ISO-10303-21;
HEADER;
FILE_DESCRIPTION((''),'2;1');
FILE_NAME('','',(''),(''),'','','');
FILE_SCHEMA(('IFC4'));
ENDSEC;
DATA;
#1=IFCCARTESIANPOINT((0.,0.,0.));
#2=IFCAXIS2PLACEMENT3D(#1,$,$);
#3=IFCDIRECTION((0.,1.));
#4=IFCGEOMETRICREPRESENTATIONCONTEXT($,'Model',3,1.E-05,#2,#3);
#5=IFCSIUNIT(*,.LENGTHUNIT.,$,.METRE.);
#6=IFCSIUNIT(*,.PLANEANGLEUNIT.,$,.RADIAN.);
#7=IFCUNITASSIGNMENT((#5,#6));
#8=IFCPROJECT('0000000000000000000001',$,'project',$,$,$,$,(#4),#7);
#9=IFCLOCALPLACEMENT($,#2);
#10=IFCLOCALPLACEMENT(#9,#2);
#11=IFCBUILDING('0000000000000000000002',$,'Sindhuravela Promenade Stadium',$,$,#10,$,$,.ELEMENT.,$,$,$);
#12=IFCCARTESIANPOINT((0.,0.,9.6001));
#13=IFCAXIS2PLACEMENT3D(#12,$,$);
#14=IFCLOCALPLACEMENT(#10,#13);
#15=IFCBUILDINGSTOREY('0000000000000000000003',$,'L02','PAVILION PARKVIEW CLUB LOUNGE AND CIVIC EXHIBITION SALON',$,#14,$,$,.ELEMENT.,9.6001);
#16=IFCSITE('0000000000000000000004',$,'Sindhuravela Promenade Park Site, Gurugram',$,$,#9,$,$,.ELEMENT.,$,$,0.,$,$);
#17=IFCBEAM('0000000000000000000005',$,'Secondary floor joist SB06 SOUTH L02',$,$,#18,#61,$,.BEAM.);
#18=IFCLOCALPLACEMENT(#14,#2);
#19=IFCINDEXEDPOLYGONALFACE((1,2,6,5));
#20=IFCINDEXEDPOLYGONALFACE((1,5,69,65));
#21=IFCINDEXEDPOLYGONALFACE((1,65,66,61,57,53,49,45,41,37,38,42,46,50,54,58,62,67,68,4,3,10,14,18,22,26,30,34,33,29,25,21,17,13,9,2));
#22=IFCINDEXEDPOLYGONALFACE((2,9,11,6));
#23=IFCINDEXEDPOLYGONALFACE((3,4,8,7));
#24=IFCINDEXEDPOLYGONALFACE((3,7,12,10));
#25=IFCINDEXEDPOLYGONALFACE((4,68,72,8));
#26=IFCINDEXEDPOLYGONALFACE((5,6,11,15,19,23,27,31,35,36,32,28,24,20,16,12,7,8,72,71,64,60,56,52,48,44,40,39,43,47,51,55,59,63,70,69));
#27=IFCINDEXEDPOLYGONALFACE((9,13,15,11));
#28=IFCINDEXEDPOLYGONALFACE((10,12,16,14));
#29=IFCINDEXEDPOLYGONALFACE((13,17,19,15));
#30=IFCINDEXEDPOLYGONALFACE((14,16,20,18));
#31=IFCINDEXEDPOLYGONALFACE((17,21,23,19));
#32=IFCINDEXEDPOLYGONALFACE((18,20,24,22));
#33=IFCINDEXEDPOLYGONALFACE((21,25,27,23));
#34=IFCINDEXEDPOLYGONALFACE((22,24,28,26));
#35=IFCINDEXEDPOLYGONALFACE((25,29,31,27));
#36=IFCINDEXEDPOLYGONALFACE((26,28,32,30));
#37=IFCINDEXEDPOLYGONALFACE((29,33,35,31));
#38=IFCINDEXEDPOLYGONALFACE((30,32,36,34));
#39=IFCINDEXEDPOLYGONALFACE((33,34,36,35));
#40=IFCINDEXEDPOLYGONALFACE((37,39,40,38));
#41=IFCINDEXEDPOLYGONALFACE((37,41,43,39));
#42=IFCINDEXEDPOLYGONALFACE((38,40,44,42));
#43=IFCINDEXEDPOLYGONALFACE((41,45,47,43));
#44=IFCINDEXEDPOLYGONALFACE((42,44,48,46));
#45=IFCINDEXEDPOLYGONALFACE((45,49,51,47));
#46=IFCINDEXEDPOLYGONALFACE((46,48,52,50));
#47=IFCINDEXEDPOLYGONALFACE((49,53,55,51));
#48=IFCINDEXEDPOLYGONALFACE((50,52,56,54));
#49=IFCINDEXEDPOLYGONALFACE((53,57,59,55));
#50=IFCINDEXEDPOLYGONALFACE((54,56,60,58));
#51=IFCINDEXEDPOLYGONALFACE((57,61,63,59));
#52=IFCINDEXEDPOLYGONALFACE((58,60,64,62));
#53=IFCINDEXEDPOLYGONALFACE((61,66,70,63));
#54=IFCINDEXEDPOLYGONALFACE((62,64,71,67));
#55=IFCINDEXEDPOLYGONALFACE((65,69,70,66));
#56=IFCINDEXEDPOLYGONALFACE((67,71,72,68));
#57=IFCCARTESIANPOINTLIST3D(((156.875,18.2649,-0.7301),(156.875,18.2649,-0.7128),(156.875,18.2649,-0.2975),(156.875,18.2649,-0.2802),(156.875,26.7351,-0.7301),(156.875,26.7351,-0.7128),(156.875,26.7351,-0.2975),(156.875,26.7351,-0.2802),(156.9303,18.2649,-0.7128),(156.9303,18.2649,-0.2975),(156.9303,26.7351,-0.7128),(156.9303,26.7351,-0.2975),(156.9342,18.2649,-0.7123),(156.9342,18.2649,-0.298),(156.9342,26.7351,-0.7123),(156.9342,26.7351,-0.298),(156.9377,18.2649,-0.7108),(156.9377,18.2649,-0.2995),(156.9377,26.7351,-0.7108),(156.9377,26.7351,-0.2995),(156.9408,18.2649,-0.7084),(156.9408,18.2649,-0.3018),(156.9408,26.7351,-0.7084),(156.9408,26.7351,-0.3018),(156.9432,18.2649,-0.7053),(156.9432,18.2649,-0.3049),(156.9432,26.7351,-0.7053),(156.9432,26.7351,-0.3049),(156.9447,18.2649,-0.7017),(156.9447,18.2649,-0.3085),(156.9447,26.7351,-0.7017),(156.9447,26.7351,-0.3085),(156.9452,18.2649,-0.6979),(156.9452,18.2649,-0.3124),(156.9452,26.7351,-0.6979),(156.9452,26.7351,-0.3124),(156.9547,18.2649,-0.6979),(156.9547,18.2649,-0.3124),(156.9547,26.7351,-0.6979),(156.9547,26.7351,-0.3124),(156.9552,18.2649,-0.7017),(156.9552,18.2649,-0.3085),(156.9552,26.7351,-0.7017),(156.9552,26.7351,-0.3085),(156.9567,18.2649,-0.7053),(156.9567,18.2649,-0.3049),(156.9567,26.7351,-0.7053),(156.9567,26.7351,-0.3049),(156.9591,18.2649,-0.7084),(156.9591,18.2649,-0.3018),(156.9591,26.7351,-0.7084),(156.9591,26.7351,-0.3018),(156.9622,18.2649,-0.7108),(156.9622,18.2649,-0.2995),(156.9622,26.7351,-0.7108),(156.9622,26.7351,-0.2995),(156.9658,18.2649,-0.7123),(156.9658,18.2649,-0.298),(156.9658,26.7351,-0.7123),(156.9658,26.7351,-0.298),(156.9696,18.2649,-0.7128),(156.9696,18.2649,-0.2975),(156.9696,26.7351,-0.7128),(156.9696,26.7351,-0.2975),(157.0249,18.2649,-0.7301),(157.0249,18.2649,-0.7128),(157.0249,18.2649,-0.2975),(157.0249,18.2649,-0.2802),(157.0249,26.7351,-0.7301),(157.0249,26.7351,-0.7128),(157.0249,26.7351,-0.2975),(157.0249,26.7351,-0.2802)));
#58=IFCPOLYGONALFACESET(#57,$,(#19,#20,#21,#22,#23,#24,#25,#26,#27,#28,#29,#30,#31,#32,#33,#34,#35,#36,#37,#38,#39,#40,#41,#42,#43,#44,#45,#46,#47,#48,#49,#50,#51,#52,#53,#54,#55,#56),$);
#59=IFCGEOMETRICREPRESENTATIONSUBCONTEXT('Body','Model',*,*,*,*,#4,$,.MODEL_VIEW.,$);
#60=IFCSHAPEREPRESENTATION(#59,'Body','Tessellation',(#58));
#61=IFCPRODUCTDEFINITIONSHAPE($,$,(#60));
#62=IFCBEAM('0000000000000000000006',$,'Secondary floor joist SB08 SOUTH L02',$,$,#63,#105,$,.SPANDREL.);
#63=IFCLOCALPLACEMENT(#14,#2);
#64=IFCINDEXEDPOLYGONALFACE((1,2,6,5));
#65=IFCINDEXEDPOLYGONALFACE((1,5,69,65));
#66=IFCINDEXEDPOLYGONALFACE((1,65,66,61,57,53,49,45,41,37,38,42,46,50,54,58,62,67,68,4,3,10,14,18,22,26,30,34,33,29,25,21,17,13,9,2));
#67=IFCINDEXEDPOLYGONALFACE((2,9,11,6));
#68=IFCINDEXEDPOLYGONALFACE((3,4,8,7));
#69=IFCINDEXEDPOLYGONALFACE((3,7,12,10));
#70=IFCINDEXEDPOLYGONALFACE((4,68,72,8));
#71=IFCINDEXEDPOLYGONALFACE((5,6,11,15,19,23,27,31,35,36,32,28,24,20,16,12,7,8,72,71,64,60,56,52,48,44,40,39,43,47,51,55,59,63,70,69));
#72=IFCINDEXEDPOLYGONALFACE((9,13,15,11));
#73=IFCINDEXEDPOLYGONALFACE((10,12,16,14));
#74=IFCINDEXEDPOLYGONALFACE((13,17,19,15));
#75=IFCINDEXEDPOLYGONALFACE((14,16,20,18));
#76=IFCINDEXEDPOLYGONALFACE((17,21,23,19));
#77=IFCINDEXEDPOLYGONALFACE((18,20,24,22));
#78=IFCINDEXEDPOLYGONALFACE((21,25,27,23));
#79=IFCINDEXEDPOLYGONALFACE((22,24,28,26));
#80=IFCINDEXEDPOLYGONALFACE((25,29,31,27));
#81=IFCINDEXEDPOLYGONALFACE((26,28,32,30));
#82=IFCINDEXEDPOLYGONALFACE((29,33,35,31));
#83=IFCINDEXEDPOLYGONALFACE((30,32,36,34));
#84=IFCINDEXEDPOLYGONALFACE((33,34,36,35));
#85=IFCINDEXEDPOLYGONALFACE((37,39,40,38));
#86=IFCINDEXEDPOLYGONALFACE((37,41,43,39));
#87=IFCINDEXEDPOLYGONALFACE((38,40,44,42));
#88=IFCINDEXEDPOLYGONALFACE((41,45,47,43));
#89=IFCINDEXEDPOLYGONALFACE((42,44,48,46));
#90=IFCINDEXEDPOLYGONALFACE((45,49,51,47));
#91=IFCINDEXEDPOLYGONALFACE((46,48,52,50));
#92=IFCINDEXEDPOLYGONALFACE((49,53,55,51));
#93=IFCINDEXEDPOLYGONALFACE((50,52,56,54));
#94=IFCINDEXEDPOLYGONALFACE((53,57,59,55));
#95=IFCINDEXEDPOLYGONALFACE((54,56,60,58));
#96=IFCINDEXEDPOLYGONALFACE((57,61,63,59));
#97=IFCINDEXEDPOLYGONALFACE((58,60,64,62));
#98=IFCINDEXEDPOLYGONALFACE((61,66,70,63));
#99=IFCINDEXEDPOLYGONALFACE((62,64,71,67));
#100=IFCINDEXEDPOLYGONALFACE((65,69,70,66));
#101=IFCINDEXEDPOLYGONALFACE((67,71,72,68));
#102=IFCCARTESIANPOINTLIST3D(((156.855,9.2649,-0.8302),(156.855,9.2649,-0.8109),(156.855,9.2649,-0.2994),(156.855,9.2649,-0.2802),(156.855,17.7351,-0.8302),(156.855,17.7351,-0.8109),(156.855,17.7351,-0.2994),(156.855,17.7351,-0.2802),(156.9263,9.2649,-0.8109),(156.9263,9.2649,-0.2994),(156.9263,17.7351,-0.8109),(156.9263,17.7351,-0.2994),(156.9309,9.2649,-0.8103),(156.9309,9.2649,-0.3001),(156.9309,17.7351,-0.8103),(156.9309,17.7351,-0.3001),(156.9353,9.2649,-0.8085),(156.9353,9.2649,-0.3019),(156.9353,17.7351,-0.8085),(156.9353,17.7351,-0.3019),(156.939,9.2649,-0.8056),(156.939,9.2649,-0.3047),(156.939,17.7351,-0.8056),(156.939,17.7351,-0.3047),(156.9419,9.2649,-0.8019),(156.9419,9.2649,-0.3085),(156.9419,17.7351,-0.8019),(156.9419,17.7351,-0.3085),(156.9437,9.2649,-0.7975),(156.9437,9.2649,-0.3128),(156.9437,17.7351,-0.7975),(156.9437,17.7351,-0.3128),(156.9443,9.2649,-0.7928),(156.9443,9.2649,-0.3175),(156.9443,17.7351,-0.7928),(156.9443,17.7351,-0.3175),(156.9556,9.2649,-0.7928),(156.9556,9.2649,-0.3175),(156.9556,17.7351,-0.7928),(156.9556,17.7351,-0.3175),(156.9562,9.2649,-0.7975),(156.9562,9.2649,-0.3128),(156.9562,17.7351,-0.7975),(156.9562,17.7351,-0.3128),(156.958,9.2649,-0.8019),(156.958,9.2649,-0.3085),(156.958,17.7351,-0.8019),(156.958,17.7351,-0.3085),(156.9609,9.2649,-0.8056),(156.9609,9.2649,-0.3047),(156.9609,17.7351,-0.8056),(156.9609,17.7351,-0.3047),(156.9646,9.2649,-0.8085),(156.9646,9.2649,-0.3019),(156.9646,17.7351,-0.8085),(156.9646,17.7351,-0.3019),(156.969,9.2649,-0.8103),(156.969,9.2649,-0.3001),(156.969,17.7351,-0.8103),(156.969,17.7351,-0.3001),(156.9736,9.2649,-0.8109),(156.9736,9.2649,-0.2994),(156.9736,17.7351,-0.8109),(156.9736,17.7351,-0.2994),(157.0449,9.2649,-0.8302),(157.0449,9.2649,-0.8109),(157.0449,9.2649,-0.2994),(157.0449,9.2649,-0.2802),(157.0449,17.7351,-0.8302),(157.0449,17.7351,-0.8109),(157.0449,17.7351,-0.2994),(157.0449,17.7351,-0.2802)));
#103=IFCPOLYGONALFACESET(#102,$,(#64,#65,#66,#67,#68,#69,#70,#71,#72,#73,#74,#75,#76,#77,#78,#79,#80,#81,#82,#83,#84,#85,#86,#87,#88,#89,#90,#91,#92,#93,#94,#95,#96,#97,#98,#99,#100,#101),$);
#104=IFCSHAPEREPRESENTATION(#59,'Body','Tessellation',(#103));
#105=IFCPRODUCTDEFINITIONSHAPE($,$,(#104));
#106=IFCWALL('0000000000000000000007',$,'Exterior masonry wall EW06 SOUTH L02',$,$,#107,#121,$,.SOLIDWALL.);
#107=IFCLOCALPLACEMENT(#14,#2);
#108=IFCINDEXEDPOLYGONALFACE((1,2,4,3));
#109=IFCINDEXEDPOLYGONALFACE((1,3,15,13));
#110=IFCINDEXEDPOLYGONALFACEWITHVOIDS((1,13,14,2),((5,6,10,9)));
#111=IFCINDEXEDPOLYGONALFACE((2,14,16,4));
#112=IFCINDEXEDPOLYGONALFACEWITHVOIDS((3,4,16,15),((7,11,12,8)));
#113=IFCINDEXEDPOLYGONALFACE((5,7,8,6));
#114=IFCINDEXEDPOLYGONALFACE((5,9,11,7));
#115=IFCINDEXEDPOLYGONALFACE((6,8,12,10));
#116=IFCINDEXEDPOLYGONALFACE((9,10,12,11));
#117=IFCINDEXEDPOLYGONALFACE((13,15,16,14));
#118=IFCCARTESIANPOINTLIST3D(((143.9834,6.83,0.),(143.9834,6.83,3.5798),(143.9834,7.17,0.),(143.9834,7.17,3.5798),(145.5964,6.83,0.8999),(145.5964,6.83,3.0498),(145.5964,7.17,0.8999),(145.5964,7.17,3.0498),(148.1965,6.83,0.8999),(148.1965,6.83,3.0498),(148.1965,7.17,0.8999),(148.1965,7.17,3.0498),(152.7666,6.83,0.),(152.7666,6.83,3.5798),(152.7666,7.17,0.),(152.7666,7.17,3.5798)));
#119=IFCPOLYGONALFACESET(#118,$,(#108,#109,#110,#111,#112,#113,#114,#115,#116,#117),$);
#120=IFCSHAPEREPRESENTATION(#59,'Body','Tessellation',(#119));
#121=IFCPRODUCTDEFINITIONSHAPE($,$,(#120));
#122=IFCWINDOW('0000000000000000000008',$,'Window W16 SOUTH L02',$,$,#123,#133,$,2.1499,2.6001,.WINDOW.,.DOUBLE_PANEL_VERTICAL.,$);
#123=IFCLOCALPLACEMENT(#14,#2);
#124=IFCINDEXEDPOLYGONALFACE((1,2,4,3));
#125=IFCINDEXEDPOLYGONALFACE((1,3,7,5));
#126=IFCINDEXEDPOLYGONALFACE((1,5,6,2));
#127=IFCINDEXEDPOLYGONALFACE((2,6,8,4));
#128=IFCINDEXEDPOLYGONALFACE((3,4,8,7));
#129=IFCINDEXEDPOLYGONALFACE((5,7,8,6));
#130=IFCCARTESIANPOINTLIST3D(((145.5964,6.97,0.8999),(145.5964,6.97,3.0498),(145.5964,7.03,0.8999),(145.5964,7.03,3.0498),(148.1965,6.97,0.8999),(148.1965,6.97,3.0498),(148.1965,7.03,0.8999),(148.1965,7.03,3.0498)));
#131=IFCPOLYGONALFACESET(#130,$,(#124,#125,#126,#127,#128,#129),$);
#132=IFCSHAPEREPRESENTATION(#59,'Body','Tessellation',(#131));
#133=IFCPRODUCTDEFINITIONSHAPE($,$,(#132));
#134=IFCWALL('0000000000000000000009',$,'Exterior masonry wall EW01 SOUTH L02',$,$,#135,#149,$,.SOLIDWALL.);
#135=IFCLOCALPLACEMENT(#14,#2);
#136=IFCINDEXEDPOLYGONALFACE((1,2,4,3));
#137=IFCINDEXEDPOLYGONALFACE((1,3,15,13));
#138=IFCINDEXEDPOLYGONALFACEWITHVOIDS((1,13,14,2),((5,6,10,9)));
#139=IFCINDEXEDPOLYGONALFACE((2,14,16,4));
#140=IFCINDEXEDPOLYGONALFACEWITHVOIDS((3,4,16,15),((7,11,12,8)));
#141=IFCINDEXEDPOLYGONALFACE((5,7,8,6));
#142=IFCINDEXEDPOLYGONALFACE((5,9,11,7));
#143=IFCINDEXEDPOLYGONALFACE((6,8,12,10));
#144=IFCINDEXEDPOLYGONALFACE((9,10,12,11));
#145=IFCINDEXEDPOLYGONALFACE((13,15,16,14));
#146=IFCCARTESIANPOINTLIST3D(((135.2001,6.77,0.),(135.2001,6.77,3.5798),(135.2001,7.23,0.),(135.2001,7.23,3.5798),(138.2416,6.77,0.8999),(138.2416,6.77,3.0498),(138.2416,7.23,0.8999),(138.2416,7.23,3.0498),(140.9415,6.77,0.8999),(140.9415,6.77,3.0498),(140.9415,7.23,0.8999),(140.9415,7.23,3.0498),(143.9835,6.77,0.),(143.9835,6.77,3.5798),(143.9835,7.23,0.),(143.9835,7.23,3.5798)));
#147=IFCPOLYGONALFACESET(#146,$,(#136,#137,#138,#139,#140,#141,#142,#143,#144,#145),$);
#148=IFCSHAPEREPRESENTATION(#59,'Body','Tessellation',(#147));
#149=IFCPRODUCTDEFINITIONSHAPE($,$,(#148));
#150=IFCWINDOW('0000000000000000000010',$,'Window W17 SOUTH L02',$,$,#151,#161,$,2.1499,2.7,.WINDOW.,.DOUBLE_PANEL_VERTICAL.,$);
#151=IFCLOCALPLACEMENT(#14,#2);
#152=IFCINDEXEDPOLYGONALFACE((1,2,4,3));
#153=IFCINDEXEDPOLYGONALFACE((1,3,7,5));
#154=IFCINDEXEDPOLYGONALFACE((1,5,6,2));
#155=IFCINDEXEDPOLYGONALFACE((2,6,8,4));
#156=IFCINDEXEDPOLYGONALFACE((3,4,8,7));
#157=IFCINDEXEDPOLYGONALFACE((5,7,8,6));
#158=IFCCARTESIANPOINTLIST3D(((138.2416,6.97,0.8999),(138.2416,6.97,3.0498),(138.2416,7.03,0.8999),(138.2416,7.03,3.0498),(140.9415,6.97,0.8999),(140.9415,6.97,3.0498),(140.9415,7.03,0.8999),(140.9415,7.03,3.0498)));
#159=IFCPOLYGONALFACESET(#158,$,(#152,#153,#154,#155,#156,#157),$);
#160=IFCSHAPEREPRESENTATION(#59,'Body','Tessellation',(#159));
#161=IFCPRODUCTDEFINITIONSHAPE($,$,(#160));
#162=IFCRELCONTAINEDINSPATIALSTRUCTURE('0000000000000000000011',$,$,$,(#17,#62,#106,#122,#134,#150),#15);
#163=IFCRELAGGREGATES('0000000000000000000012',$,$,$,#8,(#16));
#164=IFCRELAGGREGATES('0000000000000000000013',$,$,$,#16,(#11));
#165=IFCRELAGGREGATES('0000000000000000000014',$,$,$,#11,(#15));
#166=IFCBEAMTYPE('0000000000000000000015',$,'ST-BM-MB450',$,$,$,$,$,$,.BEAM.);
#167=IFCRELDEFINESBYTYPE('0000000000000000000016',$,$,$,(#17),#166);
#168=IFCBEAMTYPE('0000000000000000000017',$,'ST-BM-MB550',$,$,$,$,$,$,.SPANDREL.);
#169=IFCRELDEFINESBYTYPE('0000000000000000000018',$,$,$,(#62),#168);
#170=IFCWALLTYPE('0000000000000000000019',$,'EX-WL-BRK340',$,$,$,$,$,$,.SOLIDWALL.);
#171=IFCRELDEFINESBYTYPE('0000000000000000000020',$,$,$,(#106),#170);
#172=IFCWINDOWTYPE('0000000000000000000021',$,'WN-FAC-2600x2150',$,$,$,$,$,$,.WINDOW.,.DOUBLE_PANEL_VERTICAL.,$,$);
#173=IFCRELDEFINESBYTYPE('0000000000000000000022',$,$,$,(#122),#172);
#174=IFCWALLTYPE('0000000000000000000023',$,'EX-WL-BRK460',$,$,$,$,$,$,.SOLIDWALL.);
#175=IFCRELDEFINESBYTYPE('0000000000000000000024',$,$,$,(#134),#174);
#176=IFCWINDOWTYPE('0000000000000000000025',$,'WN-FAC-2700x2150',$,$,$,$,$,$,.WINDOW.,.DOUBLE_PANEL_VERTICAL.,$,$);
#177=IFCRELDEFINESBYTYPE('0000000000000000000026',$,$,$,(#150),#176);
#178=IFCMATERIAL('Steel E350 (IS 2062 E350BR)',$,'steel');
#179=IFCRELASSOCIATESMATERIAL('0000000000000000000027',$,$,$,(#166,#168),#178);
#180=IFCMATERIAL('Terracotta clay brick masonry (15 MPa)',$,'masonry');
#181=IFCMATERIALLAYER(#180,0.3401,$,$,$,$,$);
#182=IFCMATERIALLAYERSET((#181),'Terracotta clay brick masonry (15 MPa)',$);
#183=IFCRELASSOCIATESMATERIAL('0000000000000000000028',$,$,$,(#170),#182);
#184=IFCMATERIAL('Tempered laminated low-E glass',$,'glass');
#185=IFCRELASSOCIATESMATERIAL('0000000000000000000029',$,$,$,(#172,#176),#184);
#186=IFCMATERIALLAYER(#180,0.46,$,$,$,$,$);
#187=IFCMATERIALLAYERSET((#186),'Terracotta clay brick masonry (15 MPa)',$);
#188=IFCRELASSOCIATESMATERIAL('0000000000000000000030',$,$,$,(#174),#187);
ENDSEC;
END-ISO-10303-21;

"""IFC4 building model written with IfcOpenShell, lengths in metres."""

from ifc_helpers import new_model, si_unit, direction, frame, frame_2d, origin, origin_2d, place, context, subcontext, project, spatial, rectangle, i_section, extrude, material, layer, layer_set, material_profile, profile_set, type_object, element, fill, save


model = new_model("IFC4")

# Units and contexts
model_context = context("Model", 3, precision=1e-05, world=origin(), true_north=direction((0.0, 1.0)))
body_context = subcontext(model_context, "Body", "Model", "MODEL_VIEW")
ifc_project = project(units=[si_unit("LENGTHUNIT", "METRE"), si_unit("PLANEANGLEUNIT", "RADIAN")], contexts=[model_context])

# Site, building, storey
site_placement = place(None, origin())
site = spatial("IfcSite", under=ifc_project, at=site_placement, Name="Sindhuravela Promenade Park Site, Gurugram", CompositionType="ELEMENT", RefElevation=0.0)
building_placement = place(site_placement, origin())
building = spatial("IfcBuilding", under=site, at=building_placement, Name="Sindhuravela Promenade Stadium", CompositionType="ELEMENT")
storey_placement = place(building_placement, frame((0.0, 0.0, 9.6001)))
storey = spatial("IfcBuildingStorey", under=building, at=storey_placement, Name="L02", Description="PAVILION PARKVIEW CLUB LOUNGE AND CIVIC EXHIBITION SALON", CompositionType="ELEMENT", Elevation=9.6001)

# Beams
ifc_material_1 = material(Name="Steel E350 (IS 2062 E350BR)", Category="steel")
ifc_material_profile_1 = material_profile(ifc_material_1, i_section(OverallWidth=0.1499, OverallDepth=0.45, WebThickness=0.0095, FlangeThickness=0.0173, FilletRadius=0.0149, at=origin_2d()), Name="ISMB 450")
ifc_profile_set_1 = profile_set([ifc_material_profile_1], Name="Steel E350 (IS 2062 E350BR)")
beam_type_1 = type_object("IfcBeamType", Name="ST-BM-MB450", PredefinedType="BEAM", material=ifc_profile_set_1)
for number, where, z_axis, x_axis, name in (
    (1, (156.95, 18.2649, -0.5051), (0.0, 1.0, 0.0), (-1.0, 0.0, 0.0), "Secondary floor joist SB06 SOUTH L02"),
):
    element("IfcBeam", number, at=place(storey_placement, frame(where, z_axis=z_axis, x_axis=x_axis)), inside=storey, type_object=beam_type_1, Name=name, PredefinedType="BEAM", context=body_context, shape_type="SweptSolid", body=[
        extrude(i_section(OverallWidth=0.1499, OverallDepth=0.45, WebThickness=0.0095, FlangeThickness=0.0173, FilletRadius=0.0149, at=origin_2d()), origin(), (0.0, 0.0, 1.0), 8.4702),
    ])
ifc_material_profile_2 = material_profile(ifc_material_1, i_section(OverallWidth=0.1899, OverallDepth=0.55, WebThickness=0.0112, FlangeThickness=0.0193, FilletRadius=0.0181, at=origin_2d()), Name="ISMB 550")
ifc_profile_set_2 = profile_set([ifc_material_profile_2], Name="Steel E350 (IS 2062 E350BR)")
beam_type_2 = type_object("IfcBeamType", Name="ST-BM-MB550", PredefinedType="SPANDREL", material=ifc_profile_set_2)
beam_1_placement = place(storey_placement, frame((156.95, 9.2649, -0.5552), z_axis=(0.0, 1.0, 0.0), x_axis=(-1.0, 0.0, 0.0)))
element("IfcBeam", 2, at=beam_1_placement, inside=storey, type_object=beam_type_2, Name="Secondary floor joist SB08 SOUTH L02", PredefinedType="SPANDREL", context=body_context, shape_type="SweptSolid", body=[
    extrude(i_section(OverallWidth=0.1899, OverallDepth=0.55, WebThickness=0.0112, FlangeThickness=0.0193, FilletRadius=0.0181, at=origin_2d()), origin(), (0.0, 0.0, 1.0), 8.4702),
])

# Walls, openings, windows
ifc_material_2 = material(Name="Terracotta clay brick masonry (15 MPa)", Category="masonry")
ifc_layer_1 = layer(ifc_material_2, 0.3401)
ifc_layer_set_1 = layer_set([ifc_layer_1], Name="Terracotta clay brick masonry (15 MPa)")
wall_type_1 = type_object("IfcWallType", Name="EX-WL-BRK340", PredefinedType="SOLIDWALL", material=ifc_layer_set_1)
wall_1_placement = place(storey_placement, frame((152.7666, 7.0, 0.0), z_axis=(0.0, 0.0, 1.0), x_axis=(-1.0, 0.0, 0.0)))
wall_1 = element("IfcWall", 3, at=wall_1_placement, inside=storey, type_object=wall_type_1, Name="Exterior masonry wall EW06 SOUTH L02", PredefinedType="SOLIDWALL", context=body_context, shape_type="SweptSolid", body=[
    extrude(rectangle(XDim=8.7832, YDim=0.3401, at=frame_2d((4.3916, 0.0))), origin(), (0.0, 0.0, 1.0), 3.5798),
])
opening_1_placement = place(wall_1_placement, frame((4.5701, 0.0, 0.8999)))
opening_1 = element("IfcOpeningElement", 4, at=opening_1_placement, cuts=wall_1, PredefinedType="OPENING", context=body_context, shape_type="SweptSolid", body=[
    extrude(rectangle(XDim=2.6001, YDim=2.1499, at=frame_2d((1.3, 1.075))), frame((0.0, 0.1799, 0.0), z_axis=(0.0, -1.0, 0.0), x_axis=(1.0, 0.0, 0.0)), (0.0, 0.0, 1.0), 0.3601),
])
ifc_material_3 = material(Name="Tempered laminated low-E glass", Category="glass")
window_type_1 = type_object("IfcWindowType", Name="WN-FAC-2600x2150", PartitioningType="DOUBLE_PANEL_VERTICAL", PredefinedType="WINDOW", material=ifc_material_3)
window_1_placement = place(opening_1_placement, origin())
window_1 = element("IfcWindow", 5, at=window_1_placement, inside=storey, type_object=window_type_1, Name="Window W16 SOUTH L02", OverallHeight=2.1499, OverallWidth=2.6001, PartitioningType="DOUBLE_PANEL_VERTICAL", PredefinedType="WINDOW", context=body_context, shape_type="SweptSolid", body=[
    extrude(rectangle(XDim=2.6001, YDim=2.1499, at=frame_2d((1.3, 1.075))), frame((0.0, 0.03, 0.0), z_axis=(0.0, -1.0, 0.0), x_axis=(1.0, 0.0, 0.0)), (0.0, 0.0, 1.0), 0.0601),
])
fill(opening_1, window_1)
ifc_layer_2 = layer(ifc_material_2, 0.46)
ifc_layer_set_2 = layer_set([ifc_layer_2], Name="Terracotta clay brick masonry (15 MPa)")
wall_type_2 = type_object("IfcWallType", Name="EX-WL-BRK460", PredefinedType="SOLIDWALL", material=ifc_layer_set_2)
wall_2_placement = place(storey_placement, frame((143.9834, 7.0, 0.0), z_axis=(0.0, 0.0, 1.0), x_axis=(-1.0, 0.0, 0.0)))
wall_2 = element("IfcWall", 6, at=wall_2_placement, inside=storey, type_object=wall_type_2, Name="Exterior masonry wall EW01 SOUTH L02", PredefinedType="SOLIDWALL", context=body_context, shape_type="SweptSolid", body=[
    extrude(rectangle(XDim=8.7834, YDim=0.46, at=frame_2d((4.3916, 0.0))), origin(), (0.0, 0.0, 1.0), 3.5798),
])
opening_2_placement = place(wall_2_placement, frame((3.0417, 0.0, 0.8999)))
opening_2 = element("IfcOpeningElement", 7, at=opening_2_placement, cuts=wall_2, PredefinedType="OPENING", context=body_context, shape_type="SweptSolid", body=[
    extrude(rectangle(XDim=2.7, YDim=2.1499, at=frame_2d((1.3501, 1.075))), frame((0.0, 0.24, 0.0), z_axis=(0.0, -1.0, 0.0), x_axis=(1.0, 0.0, 0.0)), (0.0, 0.0, 1.0), 0.48),
])
window_type_2 = type_object("IfcWindowType", Name="WN-FAC-2700x2150", PartitioningType="DOUBLE_PANEL_VERTICAL", PredefinedType="WINDOW", material=ifc_material_3)
window_2_placement = place(opening_2_placement, origin())
window_2 = element("IfcWindow", 8, at=window_2_placement, inside=storey, type_object=window_type_2, Name="Window W17 SOUTH L02", OverallHeight=2.1499, OverallWidth=2.7, PartitioningType="DOUBLE_PANEL_VERTICAL", PredefinedType="WINDOW", context=body_context, shape_type="SweptSolid", body=[
    extrude(rectangle(XDim=2.7, YDim=2.1499, at=frame_2d((1.3501, 1.075))), frame((0.0, 0.03, 0.0), z_axis=(0.0, -1.0, 0.0), x_axis=(1.0, 0.0, 0.0)), (0.0, 0.0, 1.0), 0.0601),
])
fill(opening_2, window_2)

save(model, "model.ifc")
